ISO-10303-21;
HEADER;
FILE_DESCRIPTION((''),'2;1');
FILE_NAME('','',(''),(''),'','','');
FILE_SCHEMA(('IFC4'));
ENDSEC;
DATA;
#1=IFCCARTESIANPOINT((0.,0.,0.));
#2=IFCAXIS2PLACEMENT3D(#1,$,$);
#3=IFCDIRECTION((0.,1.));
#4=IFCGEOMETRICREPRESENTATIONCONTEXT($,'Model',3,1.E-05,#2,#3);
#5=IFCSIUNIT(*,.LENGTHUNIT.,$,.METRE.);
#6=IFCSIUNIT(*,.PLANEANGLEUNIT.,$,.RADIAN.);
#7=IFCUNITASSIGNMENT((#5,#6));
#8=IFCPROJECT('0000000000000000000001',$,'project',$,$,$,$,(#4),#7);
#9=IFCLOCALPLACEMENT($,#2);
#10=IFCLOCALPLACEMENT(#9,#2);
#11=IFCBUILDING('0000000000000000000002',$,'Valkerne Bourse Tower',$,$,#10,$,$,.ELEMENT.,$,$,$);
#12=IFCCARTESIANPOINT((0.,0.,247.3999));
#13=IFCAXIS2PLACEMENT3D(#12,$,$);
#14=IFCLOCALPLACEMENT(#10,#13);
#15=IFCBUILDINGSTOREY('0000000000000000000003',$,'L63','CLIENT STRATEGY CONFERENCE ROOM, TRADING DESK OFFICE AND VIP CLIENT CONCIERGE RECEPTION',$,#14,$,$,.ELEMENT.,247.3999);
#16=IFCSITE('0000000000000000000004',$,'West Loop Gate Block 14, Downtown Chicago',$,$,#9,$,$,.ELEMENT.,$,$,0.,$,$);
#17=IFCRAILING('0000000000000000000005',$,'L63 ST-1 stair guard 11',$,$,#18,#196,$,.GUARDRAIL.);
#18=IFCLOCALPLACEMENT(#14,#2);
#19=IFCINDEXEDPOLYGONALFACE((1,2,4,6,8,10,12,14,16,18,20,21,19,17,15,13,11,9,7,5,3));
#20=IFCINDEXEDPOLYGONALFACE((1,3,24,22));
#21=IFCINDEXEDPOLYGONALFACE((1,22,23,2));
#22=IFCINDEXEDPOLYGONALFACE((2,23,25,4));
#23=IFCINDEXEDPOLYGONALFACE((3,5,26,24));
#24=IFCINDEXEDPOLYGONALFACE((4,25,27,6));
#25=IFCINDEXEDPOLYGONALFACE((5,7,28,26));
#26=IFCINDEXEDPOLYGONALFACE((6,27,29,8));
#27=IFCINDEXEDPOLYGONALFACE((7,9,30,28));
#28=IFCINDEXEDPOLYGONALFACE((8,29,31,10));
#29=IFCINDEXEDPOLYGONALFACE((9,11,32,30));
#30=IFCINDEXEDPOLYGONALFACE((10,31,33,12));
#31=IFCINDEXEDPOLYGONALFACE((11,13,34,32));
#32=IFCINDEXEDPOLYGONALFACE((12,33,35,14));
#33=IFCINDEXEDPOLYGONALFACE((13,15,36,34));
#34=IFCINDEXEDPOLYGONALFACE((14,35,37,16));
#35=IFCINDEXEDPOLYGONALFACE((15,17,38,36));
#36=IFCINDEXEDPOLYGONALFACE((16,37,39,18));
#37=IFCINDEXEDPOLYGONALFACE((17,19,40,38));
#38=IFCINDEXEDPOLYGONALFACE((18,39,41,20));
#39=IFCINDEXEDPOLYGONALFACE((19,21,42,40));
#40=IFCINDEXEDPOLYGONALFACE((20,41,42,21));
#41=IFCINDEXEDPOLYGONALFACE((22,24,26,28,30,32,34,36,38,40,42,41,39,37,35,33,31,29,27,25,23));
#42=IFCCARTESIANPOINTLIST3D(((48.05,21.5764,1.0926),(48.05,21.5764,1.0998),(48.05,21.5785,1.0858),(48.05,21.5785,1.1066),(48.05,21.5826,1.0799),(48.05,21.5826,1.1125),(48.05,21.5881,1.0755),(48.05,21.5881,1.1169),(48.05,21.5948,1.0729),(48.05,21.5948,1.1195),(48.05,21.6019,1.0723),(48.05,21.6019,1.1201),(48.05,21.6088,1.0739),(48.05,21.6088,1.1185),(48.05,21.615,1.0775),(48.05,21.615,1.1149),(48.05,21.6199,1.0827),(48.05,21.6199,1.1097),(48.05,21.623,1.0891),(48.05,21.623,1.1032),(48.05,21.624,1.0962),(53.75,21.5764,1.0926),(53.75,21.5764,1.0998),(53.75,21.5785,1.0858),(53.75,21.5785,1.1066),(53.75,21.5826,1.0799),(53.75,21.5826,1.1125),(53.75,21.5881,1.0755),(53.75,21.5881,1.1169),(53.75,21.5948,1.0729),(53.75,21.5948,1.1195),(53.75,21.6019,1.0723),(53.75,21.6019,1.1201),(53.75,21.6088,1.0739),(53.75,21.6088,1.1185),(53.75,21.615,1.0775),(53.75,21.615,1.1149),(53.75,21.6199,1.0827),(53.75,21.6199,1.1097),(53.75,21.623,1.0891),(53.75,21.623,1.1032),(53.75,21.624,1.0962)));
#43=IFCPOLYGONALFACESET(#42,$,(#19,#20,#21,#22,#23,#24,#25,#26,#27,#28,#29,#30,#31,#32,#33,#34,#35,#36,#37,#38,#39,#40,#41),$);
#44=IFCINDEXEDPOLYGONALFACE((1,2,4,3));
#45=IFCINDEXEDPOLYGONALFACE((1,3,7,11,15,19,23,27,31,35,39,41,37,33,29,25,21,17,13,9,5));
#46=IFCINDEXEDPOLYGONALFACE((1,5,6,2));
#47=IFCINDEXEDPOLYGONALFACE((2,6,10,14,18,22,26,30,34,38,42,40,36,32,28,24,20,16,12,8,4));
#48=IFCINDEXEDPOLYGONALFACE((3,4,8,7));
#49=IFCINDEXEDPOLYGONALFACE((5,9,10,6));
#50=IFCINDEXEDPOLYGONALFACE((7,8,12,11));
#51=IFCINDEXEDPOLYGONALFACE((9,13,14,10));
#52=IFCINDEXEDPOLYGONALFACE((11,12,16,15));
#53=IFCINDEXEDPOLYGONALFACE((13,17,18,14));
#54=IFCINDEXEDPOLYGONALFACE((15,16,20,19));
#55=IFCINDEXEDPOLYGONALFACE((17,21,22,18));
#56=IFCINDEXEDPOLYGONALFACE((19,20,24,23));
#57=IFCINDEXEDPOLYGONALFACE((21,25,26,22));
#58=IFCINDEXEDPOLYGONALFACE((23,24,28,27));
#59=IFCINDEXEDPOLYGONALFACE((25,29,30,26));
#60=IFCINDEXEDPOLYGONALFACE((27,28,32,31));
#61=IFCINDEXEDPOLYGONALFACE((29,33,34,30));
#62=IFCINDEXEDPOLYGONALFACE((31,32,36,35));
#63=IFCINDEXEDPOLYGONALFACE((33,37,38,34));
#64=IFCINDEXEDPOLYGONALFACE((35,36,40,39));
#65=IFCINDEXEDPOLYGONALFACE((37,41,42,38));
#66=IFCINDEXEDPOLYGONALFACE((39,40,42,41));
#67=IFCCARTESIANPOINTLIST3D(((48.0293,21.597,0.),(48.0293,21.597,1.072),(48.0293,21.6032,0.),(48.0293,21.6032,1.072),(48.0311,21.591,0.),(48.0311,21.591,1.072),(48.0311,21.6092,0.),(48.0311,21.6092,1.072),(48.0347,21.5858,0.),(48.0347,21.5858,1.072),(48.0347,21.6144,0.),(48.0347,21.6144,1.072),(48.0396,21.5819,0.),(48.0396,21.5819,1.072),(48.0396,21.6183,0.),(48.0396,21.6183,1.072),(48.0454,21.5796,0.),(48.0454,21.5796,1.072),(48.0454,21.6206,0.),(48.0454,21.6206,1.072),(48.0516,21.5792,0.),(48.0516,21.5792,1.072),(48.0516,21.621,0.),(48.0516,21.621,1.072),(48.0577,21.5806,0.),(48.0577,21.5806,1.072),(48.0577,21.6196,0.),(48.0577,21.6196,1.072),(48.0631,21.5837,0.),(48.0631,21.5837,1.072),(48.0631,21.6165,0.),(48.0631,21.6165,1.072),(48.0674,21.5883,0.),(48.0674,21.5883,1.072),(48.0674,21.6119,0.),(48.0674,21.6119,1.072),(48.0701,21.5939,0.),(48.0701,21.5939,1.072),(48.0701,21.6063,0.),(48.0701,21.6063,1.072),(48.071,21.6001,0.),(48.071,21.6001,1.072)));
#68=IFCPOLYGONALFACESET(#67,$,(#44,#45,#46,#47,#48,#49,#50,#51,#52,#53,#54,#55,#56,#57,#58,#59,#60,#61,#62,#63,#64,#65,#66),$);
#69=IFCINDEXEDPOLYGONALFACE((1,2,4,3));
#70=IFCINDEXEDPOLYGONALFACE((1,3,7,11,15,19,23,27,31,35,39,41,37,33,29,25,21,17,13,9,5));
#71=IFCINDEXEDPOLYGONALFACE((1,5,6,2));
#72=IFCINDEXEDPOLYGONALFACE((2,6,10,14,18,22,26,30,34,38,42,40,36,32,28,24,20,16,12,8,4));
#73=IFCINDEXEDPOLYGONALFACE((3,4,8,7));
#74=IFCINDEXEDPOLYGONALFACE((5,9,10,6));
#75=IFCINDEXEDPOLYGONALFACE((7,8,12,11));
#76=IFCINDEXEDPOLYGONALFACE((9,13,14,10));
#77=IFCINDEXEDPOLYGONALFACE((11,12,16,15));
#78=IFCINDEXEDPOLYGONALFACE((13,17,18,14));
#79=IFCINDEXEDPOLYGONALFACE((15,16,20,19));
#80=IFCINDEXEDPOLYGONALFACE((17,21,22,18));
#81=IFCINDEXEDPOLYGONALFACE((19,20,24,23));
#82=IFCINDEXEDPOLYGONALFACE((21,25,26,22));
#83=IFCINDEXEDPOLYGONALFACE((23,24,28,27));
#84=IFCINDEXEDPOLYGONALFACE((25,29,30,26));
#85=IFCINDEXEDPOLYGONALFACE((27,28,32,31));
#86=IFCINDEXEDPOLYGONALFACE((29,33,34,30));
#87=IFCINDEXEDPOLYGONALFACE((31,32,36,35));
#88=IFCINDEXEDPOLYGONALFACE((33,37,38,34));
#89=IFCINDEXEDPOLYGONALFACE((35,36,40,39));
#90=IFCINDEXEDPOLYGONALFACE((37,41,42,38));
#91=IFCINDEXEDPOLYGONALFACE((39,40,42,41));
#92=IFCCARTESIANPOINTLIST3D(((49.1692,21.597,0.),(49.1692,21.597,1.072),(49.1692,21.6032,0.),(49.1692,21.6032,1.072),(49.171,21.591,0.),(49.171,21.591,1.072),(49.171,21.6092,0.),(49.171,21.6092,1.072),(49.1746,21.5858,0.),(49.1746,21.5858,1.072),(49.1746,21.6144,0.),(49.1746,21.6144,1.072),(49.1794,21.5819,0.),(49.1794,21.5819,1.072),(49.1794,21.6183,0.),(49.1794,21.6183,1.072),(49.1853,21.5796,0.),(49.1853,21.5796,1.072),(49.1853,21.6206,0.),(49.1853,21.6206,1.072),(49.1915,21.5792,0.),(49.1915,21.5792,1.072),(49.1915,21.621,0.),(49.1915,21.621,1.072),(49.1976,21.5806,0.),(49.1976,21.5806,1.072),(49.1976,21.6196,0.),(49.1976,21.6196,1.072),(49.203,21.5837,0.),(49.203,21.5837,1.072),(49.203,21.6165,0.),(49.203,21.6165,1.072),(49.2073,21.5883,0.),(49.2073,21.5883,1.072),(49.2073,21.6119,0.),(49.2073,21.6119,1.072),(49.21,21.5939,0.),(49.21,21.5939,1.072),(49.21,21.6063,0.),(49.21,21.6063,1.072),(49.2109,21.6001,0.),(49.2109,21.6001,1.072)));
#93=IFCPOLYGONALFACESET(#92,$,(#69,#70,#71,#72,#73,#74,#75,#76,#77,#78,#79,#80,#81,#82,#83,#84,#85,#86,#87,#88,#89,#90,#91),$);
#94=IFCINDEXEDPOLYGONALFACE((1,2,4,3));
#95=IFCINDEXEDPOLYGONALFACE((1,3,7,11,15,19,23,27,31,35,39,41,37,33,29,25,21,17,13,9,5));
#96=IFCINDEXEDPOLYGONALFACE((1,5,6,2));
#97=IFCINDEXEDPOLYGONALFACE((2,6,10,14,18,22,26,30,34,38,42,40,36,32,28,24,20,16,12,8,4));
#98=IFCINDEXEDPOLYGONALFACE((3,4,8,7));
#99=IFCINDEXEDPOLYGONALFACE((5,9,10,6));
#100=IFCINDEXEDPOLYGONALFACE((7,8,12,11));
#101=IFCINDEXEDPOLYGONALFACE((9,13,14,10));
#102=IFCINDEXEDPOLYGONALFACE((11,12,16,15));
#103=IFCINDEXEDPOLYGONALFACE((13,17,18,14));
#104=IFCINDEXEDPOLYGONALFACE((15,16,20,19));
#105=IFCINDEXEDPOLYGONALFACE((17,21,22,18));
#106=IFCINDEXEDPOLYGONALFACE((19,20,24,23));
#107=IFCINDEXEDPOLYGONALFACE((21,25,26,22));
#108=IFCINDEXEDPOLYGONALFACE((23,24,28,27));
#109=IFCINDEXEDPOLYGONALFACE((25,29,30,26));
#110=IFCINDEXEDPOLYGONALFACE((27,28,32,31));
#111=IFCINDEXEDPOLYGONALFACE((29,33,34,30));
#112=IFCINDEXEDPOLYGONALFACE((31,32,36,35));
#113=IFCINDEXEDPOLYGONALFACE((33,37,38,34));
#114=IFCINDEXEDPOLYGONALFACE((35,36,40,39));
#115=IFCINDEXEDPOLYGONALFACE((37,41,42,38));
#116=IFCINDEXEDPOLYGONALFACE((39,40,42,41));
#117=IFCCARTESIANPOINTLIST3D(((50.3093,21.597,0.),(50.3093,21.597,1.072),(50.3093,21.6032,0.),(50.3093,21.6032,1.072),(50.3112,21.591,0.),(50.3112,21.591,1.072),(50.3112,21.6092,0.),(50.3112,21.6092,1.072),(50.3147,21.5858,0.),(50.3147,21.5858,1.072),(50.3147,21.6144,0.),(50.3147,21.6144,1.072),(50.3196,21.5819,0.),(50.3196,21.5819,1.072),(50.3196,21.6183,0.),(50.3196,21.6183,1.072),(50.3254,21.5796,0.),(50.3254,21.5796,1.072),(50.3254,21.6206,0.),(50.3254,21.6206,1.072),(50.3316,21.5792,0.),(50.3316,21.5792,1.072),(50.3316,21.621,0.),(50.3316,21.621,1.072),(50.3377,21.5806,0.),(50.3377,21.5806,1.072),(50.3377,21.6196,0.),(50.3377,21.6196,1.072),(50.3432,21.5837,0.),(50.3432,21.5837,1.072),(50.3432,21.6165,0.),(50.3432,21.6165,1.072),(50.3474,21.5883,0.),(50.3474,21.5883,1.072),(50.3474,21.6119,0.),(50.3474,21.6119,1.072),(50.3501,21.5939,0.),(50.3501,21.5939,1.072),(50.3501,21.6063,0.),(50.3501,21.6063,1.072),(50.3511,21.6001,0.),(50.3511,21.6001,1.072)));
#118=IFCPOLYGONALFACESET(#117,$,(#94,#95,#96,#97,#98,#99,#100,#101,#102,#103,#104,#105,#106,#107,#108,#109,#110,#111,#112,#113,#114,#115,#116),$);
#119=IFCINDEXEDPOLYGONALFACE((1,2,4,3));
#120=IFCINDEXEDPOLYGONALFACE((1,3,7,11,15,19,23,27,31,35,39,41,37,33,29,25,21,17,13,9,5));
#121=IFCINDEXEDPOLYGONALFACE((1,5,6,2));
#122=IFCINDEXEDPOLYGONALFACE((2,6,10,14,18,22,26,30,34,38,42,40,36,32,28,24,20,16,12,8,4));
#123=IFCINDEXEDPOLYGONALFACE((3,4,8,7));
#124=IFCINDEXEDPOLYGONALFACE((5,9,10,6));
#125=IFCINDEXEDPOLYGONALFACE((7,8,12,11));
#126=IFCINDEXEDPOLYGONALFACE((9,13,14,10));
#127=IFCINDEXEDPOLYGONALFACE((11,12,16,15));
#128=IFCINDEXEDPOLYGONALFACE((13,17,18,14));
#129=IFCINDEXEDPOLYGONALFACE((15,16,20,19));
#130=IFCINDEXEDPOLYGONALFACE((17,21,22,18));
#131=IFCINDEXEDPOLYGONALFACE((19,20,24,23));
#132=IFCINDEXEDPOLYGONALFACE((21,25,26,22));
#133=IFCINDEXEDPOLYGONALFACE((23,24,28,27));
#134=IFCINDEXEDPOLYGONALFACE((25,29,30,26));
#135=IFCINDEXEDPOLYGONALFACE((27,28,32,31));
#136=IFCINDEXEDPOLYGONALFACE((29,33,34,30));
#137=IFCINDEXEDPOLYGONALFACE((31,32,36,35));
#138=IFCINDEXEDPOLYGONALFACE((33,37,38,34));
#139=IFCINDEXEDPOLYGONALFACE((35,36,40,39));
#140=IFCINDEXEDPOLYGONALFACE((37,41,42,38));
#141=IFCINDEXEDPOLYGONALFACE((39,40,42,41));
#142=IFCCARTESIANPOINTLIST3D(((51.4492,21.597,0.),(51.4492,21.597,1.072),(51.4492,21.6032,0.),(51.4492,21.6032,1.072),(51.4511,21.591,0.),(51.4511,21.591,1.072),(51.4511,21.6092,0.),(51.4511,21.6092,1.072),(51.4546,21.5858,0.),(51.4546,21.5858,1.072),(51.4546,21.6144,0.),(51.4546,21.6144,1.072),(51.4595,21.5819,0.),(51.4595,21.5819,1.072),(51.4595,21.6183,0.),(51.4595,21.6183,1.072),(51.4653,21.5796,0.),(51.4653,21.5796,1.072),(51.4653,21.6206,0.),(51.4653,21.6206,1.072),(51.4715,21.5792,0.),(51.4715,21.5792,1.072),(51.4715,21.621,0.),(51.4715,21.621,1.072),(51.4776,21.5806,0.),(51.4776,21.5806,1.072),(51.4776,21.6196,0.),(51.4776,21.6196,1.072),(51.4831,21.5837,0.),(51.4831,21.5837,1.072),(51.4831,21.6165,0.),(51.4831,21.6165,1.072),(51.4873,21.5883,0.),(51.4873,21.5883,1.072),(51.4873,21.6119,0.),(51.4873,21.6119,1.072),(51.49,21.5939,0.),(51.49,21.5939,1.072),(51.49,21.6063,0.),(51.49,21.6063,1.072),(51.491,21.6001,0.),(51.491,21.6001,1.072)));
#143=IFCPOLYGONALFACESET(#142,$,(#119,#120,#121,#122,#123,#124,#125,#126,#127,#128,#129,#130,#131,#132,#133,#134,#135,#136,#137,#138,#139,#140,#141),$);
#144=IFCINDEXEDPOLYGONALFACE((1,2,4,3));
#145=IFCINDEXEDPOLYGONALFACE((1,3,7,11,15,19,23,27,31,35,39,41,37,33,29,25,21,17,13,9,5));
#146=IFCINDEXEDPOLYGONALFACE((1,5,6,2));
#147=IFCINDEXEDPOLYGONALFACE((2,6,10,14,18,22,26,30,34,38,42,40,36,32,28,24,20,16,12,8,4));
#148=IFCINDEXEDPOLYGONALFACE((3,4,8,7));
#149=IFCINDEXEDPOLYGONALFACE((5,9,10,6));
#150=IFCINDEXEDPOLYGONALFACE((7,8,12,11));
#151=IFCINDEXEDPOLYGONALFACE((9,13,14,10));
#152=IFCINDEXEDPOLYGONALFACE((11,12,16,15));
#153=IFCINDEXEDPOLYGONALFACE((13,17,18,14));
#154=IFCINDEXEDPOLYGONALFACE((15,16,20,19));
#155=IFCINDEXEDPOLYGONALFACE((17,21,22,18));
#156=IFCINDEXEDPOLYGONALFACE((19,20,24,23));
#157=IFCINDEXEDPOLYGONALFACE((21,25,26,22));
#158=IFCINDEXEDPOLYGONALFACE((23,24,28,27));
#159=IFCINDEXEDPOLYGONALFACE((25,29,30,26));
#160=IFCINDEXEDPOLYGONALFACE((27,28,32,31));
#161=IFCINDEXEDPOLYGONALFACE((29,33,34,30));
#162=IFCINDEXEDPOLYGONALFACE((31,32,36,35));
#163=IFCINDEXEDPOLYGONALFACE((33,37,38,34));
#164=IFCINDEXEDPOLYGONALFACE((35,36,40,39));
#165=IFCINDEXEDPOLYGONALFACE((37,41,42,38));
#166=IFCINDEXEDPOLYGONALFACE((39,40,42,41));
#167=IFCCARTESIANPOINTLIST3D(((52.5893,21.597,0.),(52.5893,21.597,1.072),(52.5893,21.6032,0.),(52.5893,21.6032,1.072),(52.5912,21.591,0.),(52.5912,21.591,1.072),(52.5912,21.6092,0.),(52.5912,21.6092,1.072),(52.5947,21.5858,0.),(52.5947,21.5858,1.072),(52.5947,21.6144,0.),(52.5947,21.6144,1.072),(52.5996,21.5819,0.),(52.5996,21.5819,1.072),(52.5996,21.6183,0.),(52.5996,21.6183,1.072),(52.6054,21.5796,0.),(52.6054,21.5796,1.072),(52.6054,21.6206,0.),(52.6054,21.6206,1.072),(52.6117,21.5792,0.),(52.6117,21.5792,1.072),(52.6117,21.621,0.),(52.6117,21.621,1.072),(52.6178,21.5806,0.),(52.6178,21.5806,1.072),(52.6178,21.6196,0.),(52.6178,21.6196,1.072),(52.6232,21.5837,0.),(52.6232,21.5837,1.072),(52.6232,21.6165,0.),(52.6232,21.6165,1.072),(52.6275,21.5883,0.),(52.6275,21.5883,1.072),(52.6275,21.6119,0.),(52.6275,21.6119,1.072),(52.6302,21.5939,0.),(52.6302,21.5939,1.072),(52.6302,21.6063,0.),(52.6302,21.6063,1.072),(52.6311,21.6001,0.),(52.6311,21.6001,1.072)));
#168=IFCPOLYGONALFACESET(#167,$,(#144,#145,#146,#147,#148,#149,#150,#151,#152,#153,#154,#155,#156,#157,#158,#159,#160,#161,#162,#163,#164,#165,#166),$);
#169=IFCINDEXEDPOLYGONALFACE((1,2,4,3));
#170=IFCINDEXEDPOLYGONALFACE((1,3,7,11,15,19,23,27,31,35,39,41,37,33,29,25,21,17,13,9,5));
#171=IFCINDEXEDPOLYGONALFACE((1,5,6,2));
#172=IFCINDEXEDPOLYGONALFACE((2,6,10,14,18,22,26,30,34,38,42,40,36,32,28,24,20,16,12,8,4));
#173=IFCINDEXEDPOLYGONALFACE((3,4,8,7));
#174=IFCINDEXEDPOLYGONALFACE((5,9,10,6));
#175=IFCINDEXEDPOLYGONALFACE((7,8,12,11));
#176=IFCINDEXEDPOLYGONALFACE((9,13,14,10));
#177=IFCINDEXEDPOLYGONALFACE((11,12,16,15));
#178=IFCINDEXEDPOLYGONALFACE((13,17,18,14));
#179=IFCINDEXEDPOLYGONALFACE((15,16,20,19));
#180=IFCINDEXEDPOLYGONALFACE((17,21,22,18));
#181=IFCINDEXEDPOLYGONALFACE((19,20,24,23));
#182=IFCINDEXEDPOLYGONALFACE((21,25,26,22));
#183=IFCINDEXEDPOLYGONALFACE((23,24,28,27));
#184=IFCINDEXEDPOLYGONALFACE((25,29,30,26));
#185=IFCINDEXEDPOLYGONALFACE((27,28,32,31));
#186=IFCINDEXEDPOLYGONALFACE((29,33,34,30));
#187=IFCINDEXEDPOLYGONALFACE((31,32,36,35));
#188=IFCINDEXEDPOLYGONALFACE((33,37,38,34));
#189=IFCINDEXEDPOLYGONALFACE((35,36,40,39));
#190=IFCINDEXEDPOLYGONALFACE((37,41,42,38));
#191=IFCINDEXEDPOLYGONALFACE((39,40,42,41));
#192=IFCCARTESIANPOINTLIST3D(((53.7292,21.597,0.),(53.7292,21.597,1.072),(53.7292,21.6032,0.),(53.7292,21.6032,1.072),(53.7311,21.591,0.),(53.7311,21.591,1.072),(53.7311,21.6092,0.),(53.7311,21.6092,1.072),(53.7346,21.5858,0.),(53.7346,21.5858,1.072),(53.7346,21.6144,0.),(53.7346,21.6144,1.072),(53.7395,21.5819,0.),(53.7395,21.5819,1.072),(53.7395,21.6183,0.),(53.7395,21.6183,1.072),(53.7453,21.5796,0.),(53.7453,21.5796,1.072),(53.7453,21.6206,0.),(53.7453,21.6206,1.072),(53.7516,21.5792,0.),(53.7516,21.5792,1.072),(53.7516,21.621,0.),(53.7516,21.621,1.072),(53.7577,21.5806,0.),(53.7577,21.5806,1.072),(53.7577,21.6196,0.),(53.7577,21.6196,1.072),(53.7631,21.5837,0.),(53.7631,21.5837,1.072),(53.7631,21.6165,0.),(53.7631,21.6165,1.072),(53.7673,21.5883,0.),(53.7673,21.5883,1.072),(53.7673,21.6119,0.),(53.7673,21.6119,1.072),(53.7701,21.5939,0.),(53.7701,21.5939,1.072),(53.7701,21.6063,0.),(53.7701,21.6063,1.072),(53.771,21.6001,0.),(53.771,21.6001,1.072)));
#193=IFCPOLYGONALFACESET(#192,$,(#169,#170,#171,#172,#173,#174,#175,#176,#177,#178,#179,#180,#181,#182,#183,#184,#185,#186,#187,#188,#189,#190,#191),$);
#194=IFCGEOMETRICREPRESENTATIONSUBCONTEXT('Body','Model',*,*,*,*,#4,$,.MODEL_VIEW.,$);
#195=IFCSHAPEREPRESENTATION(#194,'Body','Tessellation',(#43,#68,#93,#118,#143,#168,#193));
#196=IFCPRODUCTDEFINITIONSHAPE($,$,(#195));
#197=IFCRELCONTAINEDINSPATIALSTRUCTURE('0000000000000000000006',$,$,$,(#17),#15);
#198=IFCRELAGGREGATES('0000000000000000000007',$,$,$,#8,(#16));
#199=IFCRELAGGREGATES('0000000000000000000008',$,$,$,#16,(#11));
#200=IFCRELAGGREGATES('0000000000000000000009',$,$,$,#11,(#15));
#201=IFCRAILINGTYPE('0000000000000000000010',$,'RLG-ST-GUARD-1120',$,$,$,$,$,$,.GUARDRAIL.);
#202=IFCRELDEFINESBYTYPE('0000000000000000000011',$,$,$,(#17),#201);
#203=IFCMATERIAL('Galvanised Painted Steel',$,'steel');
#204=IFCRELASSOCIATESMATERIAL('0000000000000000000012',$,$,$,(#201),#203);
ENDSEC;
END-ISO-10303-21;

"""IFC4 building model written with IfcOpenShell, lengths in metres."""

from ifc_helpers import new_model, si_unit, direction, frame, origin, origin_2d, place, context, subcontext, project, spatial, circle, extrude, material, type_object, element, save


model = new_model("IFC4")

# Units and contexts
model_context = context("Model", 3, precision=1e-05, world=origin(), true_north=direction((0.0, 1.0)))
body_context = subcontext(model_context, "Body", "Model", "MODEL_VIEW")
ifc_project = project(units=[si_unit("LENGTHUNIT", "METRE"), si_unit("PLANEANGLEUNIT", "RADIAN")], contexts=[model_context])

# Site, building, storey
site_placement = place(None, origin())
site = spatial("IfcSite", under=ifc_project, at=site_placement, Name="West Loop Gate Block 14, Downtown Chicago", CompositionType="ELEMENT", RefElevation=0.0)
building_placement = place(site_placement, origin())
building = spatial("IfcBuilding", under=site, at=building_placement, Name="Valkerne Bourse Tower", CompositionType="ELEMENT")
storey_placement = place(building_placement, frame((0.0, 0.0, 247.3999)))
storey = spatial("IfcBuildingStorey", under=building, at=storey_placement, Name="L63", Description="CLIENT STRATEGY CONFERENCE ROOM, TRADING DESK OFFICE AND VIP CLIENT CONCIERGE RECEPTION", CompositionType="ELEMENT", Elevation=247.3999)

# Shared definitions
ifc_material_1 = material(Name="Galvanised Painted Steel", Category="steel")

# Railing
railing_type_1 = type_object("IfcRailingType", Name="RLG-ST-GUARD-1120", PredefinedType="GUARDRAIL", material=ifc_material_1)
railing_1_placement = place(storey_placement, frame((48.05, 21.6001, 0.0)))
element("IfcRailing", 1, at=railing_1_placement, inside=storey, type_object=railing_type_1, Name="L63 ST-1 stair guard 11", PredefinedType="GUARDRAIL", context=body_context, shape_type="SweptSolid", body=[
    extrude(circle(Radius=0.0239, at=origin_2d()), frame((0.0, 0.0, 1.0962), z_axis=(1.0, 0.0, 0.0), x_axis=(0.0, 1.0, 0.0)), (0.0, 0.0, 1.0), 5.7),
    extrude(circle(Radius=0.021, at=origin_2d()), origin(), (0.0, 0.0, 1.0), 1.072),
    extrude(circle(Radius=0.021, at=origin_2d()), frame((1.1399, 0.0, 0.0)), (0.0, 0.0, 1.0), 1.072),
    extrude(circle(Radius=0.021, at=origin_2d()), frame((2.28, 0.0, 0.0)), (0.0, 0.0, 1.0), 1.072),
    extrude(circle(Radius=0.021, at=origin_2d()), frame((3.4199, 0.0, 0.0)), (0.0, 0.0, 1.0), 1.072),
    extrude(circle(Radius=0.021, at=origin_2d()), frame((4.5601, 0.0, 0.0)), (0.0, 0.0, 1.0), 1.072),
    extrude(circle(Radius=0.021, at=origin_2d()), frame((5.7, 0.0, 0.0)), (0.0, 0.0, 1.0), 1.072),
])

save(model, "model.ifc")
